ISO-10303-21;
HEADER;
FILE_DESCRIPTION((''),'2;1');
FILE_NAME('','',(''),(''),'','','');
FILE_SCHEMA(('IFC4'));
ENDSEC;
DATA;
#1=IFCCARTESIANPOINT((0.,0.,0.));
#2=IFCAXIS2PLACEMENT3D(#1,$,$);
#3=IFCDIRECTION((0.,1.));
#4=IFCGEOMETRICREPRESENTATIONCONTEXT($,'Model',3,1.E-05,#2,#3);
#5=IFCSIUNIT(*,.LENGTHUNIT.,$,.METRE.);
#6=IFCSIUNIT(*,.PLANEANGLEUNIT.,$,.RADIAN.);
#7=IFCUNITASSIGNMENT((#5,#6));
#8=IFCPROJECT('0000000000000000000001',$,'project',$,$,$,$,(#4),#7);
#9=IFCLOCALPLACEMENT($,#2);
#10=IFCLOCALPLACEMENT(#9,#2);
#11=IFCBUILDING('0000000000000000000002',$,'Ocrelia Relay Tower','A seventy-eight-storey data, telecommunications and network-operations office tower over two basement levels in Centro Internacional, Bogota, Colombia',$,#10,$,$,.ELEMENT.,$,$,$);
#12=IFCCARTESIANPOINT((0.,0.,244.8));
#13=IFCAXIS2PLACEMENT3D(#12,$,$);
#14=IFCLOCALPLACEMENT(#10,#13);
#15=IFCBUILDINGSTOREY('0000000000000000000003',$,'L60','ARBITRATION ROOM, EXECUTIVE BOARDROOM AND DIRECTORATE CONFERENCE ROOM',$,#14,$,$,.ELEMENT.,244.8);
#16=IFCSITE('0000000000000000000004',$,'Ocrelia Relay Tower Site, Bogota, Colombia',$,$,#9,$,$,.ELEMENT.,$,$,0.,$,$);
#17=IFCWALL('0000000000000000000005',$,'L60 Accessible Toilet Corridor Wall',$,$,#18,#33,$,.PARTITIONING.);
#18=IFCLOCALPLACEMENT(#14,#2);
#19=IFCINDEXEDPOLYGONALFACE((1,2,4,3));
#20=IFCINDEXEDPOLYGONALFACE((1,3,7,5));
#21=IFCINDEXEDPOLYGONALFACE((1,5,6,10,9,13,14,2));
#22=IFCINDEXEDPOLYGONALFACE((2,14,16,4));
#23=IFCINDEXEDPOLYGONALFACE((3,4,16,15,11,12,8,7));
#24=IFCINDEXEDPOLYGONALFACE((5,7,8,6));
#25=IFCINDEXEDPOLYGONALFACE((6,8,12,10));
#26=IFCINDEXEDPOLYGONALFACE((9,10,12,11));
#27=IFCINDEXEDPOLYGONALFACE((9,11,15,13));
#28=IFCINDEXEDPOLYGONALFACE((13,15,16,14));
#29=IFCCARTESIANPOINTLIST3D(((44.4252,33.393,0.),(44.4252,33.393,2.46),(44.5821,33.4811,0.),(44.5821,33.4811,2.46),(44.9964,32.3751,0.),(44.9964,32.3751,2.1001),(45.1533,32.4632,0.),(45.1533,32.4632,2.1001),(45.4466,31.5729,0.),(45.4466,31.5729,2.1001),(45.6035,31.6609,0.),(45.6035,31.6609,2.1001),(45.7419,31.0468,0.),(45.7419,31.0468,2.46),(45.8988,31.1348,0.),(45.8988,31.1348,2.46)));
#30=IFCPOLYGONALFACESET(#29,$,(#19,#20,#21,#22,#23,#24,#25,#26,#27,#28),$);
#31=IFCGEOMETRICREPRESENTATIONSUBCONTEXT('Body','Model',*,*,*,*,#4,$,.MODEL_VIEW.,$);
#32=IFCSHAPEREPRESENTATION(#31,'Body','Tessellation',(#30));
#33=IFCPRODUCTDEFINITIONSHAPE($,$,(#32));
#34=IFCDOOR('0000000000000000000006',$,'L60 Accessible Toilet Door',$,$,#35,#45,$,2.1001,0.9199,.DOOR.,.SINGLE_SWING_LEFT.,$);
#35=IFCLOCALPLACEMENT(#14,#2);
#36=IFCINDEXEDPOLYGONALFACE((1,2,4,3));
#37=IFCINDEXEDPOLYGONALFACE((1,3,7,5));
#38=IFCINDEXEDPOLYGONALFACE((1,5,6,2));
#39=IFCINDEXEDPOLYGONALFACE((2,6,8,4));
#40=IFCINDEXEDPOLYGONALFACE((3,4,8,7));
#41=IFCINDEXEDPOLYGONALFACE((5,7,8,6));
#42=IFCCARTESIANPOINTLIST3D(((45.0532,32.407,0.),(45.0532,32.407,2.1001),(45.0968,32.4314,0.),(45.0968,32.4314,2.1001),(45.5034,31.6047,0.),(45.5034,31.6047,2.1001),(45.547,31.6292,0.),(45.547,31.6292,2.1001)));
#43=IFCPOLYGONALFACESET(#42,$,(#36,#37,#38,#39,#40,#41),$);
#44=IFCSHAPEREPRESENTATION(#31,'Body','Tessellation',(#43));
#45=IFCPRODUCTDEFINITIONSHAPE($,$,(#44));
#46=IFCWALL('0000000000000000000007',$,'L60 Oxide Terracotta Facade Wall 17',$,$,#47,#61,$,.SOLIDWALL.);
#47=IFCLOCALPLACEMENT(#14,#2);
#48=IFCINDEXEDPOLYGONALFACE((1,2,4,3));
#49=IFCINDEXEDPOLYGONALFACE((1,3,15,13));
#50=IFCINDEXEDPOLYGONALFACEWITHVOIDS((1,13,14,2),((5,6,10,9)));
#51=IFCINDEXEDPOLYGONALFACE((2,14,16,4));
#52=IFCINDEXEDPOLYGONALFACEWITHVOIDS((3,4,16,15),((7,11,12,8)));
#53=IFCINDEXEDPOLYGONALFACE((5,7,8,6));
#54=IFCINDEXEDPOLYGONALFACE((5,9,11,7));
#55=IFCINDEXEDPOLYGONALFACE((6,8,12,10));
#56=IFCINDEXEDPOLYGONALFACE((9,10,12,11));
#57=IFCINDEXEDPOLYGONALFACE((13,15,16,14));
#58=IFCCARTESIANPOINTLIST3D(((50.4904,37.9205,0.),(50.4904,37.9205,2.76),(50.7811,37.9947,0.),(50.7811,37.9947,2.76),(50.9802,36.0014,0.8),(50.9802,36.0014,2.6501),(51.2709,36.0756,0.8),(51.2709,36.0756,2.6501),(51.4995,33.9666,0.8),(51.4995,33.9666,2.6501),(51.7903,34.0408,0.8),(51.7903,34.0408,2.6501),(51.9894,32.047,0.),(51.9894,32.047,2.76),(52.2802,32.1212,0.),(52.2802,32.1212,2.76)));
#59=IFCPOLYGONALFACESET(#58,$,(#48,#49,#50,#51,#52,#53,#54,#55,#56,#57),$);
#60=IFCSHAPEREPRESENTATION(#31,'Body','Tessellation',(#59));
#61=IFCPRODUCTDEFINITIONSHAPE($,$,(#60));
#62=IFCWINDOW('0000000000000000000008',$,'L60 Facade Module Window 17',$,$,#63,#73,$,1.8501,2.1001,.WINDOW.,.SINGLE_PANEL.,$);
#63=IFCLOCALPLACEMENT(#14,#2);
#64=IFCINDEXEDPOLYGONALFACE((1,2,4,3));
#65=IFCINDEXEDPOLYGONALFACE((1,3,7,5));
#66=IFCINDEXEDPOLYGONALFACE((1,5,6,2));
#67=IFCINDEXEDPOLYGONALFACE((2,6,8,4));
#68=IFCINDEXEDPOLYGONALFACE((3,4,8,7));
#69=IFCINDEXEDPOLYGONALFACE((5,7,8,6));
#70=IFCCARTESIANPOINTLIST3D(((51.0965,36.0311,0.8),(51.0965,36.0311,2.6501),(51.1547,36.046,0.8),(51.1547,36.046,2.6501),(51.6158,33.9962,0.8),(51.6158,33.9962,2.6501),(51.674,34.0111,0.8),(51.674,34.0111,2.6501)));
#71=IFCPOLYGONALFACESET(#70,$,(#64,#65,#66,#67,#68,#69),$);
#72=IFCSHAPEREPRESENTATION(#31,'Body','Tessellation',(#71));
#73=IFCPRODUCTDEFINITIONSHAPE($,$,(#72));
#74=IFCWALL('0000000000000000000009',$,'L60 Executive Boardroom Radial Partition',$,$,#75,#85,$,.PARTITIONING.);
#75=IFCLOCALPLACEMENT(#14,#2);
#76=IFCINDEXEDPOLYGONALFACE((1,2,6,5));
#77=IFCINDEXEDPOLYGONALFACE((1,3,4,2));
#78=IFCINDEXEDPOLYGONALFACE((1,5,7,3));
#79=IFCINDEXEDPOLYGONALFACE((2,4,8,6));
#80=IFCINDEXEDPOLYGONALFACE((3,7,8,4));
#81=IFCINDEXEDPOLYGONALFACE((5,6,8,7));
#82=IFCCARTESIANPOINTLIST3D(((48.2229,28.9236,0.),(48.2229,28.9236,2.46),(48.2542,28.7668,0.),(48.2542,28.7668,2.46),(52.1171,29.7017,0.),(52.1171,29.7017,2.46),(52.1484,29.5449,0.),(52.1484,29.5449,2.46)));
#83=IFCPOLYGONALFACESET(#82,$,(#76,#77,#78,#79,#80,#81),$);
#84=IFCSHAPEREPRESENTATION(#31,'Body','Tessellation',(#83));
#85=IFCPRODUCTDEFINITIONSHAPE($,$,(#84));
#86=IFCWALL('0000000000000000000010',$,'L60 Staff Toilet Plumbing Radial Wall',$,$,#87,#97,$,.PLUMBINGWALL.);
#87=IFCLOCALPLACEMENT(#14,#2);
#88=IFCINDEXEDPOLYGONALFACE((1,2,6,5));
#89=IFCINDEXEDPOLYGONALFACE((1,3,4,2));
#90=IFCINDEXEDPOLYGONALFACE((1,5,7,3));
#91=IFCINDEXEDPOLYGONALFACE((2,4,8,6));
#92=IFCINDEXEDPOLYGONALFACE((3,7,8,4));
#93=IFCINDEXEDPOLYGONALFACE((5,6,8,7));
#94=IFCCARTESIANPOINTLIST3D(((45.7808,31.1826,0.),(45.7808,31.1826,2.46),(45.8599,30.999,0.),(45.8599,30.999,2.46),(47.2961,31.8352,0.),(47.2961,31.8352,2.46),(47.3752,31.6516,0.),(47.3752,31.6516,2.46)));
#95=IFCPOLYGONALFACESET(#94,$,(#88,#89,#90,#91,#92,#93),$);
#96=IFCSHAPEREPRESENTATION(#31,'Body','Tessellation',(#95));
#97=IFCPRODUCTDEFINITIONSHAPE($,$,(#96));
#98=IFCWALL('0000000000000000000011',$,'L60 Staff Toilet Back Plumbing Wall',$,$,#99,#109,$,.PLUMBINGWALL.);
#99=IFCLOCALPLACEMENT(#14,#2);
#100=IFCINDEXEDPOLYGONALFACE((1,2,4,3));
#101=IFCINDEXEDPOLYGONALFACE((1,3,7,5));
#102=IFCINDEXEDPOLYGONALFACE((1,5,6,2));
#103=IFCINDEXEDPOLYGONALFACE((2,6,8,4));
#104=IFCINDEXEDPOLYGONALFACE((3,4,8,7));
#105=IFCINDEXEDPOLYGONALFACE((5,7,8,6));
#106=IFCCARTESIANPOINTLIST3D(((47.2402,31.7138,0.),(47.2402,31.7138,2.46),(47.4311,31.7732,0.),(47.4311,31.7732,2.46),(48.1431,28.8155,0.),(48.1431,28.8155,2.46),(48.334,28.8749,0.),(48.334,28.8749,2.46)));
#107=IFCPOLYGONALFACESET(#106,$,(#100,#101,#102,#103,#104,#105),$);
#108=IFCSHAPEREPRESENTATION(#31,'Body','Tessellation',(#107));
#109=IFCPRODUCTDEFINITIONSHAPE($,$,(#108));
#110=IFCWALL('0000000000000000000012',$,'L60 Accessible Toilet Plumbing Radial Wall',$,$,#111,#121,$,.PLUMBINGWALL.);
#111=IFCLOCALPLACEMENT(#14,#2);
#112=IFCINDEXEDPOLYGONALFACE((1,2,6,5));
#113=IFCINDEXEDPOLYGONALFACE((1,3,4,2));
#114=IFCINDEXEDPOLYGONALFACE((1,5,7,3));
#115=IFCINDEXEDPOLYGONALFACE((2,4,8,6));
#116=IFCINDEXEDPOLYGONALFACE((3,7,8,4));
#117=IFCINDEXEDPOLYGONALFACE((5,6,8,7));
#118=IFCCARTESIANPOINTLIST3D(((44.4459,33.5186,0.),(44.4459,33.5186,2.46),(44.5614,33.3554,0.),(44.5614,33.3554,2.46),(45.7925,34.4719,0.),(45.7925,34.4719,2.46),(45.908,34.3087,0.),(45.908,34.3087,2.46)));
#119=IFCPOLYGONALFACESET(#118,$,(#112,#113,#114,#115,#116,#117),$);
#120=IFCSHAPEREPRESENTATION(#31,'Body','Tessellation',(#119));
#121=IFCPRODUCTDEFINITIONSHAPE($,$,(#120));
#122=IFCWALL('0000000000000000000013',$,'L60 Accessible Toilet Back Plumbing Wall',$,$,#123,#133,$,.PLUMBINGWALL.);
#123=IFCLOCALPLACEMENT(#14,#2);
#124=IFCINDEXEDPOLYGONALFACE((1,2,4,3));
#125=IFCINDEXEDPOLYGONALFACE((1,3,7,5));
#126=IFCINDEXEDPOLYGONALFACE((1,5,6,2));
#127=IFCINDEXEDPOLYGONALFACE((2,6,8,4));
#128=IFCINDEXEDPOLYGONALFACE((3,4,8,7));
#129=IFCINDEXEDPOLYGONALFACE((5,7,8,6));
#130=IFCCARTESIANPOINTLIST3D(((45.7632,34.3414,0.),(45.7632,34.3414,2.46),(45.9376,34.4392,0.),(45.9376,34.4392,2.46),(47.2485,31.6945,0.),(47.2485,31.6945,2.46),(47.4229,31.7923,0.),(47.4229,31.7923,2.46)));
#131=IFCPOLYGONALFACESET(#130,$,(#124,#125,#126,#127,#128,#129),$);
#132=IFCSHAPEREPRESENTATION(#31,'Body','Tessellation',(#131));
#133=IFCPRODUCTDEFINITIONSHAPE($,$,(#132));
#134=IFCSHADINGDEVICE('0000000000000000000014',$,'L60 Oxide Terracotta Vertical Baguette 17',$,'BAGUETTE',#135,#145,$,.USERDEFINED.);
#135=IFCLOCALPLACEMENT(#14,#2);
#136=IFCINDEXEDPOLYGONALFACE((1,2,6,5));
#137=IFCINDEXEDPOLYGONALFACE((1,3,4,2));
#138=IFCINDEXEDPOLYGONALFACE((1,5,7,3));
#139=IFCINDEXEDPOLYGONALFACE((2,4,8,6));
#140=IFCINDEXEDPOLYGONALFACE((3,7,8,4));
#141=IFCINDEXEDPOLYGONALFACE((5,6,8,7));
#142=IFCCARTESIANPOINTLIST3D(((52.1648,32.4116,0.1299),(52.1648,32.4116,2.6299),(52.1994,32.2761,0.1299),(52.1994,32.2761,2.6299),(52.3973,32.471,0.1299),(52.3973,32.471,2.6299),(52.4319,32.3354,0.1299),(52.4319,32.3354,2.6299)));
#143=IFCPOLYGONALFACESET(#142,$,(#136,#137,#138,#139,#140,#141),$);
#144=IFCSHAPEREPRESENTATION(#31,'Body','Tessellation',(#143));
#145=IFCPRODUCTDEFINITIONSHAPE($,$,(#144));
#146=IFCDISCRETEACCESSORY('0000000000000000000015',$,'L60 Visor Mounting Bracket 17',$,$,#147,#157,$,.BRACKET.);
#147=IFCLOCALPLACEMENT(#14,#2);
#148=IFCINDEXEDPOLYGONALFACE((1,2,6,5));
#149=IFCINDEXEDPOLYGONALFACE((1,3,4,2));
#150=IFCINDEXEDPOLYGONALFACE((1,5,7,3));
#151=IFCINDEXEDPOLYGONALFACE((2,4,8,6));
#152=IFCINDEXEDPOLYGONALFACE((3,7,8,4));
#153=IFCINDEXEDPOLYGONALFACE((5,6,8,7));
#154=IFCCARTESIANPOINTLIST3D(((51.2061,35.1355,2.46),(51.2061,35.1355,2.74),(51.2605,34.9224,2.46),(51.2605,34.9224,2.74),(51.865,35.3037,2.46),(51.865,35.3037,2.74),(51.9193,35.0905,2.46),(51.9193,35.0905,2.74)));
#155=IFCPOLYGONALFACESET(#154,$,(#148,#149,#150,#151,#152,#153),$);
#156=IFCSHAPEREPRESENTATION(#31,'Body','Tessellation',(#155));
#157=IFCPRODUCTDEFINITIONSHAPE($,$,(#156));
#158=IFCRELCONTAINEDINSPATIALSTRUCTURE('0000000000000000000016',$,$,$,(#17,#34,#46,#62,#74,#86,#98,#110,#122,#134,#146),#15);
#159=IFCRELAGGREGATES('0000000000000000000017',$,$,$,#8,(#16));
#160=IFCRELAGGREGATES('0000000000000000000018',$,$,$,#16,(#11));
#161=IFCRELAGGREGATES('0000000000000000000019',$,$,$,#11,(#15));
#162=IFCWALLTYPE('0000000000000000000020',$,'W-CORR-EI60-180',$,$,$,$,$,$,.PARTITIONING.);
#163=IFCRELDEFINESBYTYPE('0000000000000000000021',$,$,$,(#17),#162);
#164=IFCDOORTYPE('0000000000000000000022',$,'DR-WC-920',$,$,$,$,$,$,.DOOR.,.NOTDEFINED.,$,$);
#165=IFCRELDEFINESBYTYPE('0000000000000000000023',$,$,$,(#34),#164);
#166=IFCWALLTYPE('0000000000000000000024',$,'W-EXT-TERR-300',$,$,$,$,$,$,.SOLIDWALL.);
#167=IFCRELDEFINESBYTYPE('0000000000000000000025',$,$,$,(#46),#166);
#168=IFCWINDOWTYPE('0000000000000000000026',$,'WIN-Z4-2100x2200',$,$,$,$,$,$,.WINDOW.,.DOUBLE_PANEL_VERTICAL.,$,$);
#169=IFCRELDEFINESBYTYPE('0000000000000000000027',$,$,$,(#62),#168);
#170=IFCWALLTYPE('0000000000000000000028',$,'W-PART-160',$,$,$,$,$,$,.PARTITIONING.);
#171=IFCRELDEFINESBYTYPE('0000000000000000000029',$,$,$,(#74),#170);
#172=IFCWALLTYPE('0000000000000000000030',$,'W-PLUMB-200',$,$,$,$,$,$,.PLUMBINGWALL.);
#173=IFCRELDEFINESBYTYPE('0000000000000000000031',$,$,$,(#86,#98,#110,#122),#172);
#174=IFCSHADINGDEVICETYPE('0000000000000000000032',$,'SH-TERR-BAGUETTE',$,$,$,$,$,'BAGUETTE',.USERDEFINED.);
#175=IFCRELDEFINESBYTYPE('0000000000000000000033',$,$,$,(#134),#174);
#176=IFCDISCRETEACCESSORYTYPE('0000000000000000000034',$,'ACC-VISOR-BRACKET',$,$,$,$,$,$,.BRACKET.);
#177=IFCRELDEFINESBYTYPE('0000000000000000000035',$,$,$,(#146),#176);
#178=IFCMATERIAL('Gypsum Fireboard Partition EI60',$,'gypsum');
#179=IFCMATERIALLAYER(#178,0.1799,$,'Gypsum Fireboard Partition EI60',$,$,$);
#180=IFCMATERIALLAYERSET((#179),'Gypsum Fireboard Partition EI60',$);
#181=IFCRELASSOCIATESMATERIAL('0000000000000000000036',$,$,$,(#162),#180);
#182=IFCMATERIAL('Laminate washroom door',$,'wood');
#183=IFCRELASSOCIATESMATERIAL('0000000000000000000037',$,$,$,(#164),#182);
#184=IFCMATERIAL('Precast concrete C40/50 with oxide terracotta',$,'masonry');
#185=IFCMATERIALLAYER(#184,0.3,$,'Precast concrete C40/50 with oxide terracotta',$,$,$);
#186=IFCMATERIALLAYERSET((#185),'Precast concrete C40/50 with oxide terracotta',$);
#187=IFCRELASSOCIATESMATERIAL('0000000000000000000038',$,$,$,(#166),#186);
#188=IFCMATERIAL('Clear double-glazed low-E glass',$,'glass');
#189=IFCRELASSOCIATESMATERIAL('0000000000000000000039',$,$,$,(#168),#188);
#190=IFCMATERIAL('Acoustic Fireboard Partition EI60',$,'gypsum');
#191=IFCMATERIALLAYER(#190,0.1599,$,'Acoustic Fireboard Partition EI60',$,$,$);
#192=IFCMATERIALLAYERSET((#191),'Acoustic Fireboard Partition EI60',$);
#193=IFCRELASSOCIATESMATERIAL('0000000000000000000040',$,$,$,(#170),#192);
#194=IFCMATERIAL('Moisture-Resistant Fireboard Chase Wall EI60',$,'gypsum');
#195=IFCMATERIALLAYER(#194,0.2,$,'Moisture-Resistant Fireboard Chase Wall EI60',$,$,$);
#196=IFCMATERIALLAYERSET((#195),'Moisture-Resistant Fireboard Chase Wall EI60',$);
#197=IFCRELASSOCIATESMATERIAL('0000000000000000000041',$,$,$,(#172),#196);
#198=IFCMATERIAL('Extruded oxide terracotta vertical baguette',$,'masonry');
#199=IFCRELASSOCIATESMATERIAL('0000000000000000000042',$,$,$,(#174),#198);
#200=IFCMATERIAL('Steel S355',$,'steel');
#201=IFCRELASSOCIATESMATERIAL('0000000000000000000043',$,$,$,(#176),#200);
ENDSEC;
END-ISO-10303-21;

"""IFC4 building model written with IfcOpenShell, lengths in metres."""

from ifc_helpers import new_model, si_unit, direction, frame, frame_2d, origin, origin_2d, place, context, subcontext, project, spatial, rectangle, extrude, material, layer, layer_set, type_object, element, fill, save


model = new_model("IFC4")

# Units and contexts
model_context = context("Model", 3, precision=1e-05, world=origin(), true_north=direction((0.0, 1.0)))
body_context = subcontext(model_context, "Body", "Model", "MODEL_VIEW")
ifc_project = project(units=[si_unit("LENGTHUNIT", "METRE"), si_unit("PLANEANGLEUNIT", "RADIAN")], contexts=[model_context])

# Site, building, storey
site_placement = place(None, origin())
site = spatial("IfcSite", under=ifc_project, at=site_placement, Name="Ocrelia Relay Tower Site, Bogota, Colombia", CompositionType="ELEMENT", RefElevation=0.0)
building_placement = place(site_placement, origin())
building = spatial("IfcBuilding", under=site, at=building_placement, Name="Ocrelia Relay Tower", Description="A seventy-eight-storey data, telecommunications and network-operations office tower over two basement levels in Centro Internacional, Bogota, Colombia", CompositionType="ELEMENT")
storey_placement = place(building_placement, frame((0.0, 0.0, 244.8)))
storey = spatial("IfcBuildingStorey", under=building, at=storey_placement, Name="L60", Description="ARBITRATION ROOM, EXECUTIVE BOARDROOM AND DIRECTORATE CONFERENCE ROOM", CompositionType="ELEMENT", Elevation=244.8)

# Shared definitions
ifc_material_1 = material(Name="Steel S355", Category="steel")

# Wall, opening, door
ifc_material_2 = material(Name="Gypsum Fireboard Partition EI60", Category="gypsum")
ifc_layer_1 = layer(ifc_material_2, 0.1799, Name="Gypsum Fireboard Partition EI60")
ifc_layer_set_1 = layer_set([ifc_layer_1], Name="Gypsum Fireboard Partition EI60")
wall_type_1 = type_object("IfcWallType", Name="W-CORR-EI60-180", PredefinedType="PARTITIONING", material=ifc_layer_set_1)
wall_1_placement = place(storey_placement, frame((45.8203, 31.0908, 0.0), z_axis=(0.0, 0.0, 1.0), x_axis=(-0.489391, 0.872065, 0.0)))
wall_1 = element("IfcWall", 1, at=wall_1_placement, inside=storey, type_object=wall_type_1, Name="L60 Accessible Toilet Corridor Wall", PredefinedType="PARTITIONING", context=body_context, shape_type="SweptSolid", body=[
    extrude(rectangle(XDim=2.6904, YDim=0.1799, at=frame_2d((1.3452, 0.0))), origin(), (0.0, 0.0, 1.0), 2.46),
])
opening_1_placement = place(wall_1_placement, frame((0.6033, 0.0, 0.0)))
opening_1 = element("IfcOpeningElement", 2, at=opening_1_placement, cuts=wall_1, PredefinedType="OPENING", context=body_context, shape_type="SweptSolid", body=[
    extrude(rectangle(XDim=0.9199, YDim=2.1001, at=frame_2d((0.46, 1.05))), frame((0.0, 0.1001, 0.0), z_axis=(0.0, -1.0, 0.0), x_axis=(1.0, 0.0, 0.0)), (0.0, 0.0, 1.0), 0.2),
])
ifc_material_3 = material(Name="Laminate washroom door", Category="wood")
door_type_1 = type_object("IfcDoorType", Name="DR-WC-920", OperationType="NOTDEFINED", PredefinedType="DOOR", material=ifc_material_3)
door_1_placement = place(opening_1_placement, origin())
door_1 = element("IfcDoor", 3, at=door_1_placement, inside=storey, type_object=door_type_1, Name="L60 Accessible Toilet Door", OperationType="SINGLE_SWING_LEFT", OverallHeight=2.1001, OverallWidth=0.9199, PredefinedType="DOOR", context=body_context, shape_type="SweptSolid", body=[
    extrude(rectangle(XDim=0.9199, YDim=2.1001, at=frame_2d((0.46, 1.05))), frame((0.0, 0.0249, 0.0), z_axis=(0.0, -1.0, 0.0), x_axis=(1.0, 0.0, 0.0)), (0.0, 0.0, 1.0), 0.05),
])
fill(opening_1, door_1)

# Wall, opening, window
ifc_material_4 = material(Name="Precast concrete C40/50 with oxide terracotta", Category="masonry")
ifc_layer_2 = layer(ifc_material_4, 0.3, Name="Precast concrete C40/50 with oxide terracotta")
ifc_layer_set_2 = layer_set([ifc_layer_2], Name="Precast concrete C40/50 with oxide terracotta")
wall_type_2 = type_object("IfcWallType", Name="W-EXT-TERR-300", PredefinedType="SOLIDWALL", material=ifc_layer_set_2)
wall_2_placement = place(storey_placement, frame((52.1348, 32.0842, 0.0), z_axis=(0.0, 0.0, 1.0), x_axis=(-0.24729, 0.968942, 0.0)))
wall_2 = element("IfcWall", 4, at=wall_2_placement, inside=storey, type_object=wall_type_2, Name="L60 Oxide Terracotta Facade Wall 17", PredefinedType="SOLIDWALL", context=body_context, shape_type="SweptSolid", body=[
    extrude(rectangle(XDim=6.0618, YDim=0.3, at=frame_2d((3.0308, 0.0))), origin(), (0.0, 0.0, 1.0), 2.76),
])
opening_2_placement = place(wall_2_placement, frame((1.981, 0.0, 0.8)))
opening_2 = element("IfcOpeningElement", 5, at=opening_2_placement, cuts=wall_2, PredefinedType="OPENING", context=body_context, shape_type="SweptSolid", body=[
    extrude(rectangle(XDim=2.1001, YDim=1.8501, at=frame_2d((1.05, 0.925))), frame((0.0, 0.1602, 0.0), z_axis=(0.0, -1.0, 0.0), x_axis=(1.0, 0.0, 0.0)), (0.0, 0.0, 1.0), 0.3201),
])
ifc_material_5 = material(Name="Clear double-glazed low-E glass", Category="glass")
window_type = type_object("IfcWindowType", Name="WIN-Z4-2100x2200", PartitioningType="DOUBLE_PANEL_VERTICAL", PredefinedType="WINDOW", material=ifc_material_5)
window_placement = place(opening_2_placement, origin())
window = element("IfcWindow", 6, at=window_placement, inside=storey, type_object=window_type, Name="L60 Facade Module Window 17", OverallHeight=1.8501, OverallWidth=2.1001, PartitioningType="SINGLE_PANEL", PredefinedType="WINDOW", context=body_context, shape_type="SweptSolid", body=[
    extrude(rectangle(XDim=2.1001, YDim=1.8501, at=frame_2d((1.05, 0.925))), frame((0.0, 0.03, 0.0), z_axis=(0.0, -1.0, 0.0), x_axis=(1.0, 0.0, 0.0)), (0.0, 0.0, 1.0), 0.0601),
])
fill(opening_2, window)

# Walls
ifc_material_6 = material(Name="Acoustic Fireboard Partition EI60", Category="gypsum")
ifc_layer_3 = layer(ifc_material_6, 0.1599, Name="Acoustic Fireboard Partition EI60")
ifc_layer_set_3 = layer_set([ifc_layer_3], Name="Acoustic Fireboard Partition EI60")
wall_type_3 = type_object("IfcWallType", Name="W-PART-160", PredefinedType="PARTITIONING", material=ifc_layer_set_3)
wall_3_placement = place(storey_placement, frame((48.2385, 28.8452, 0.0), z_axis=(0.0, 0.0, 1.0), x_axis=(0.980618, 0.195927, 0.0)))
element("IfcWall", 7, at=wall_3_placement, inside=storey, type_object=wall_type_3, Name="L60 Executive Boardroom Radial Partition", PredefinedType="PARTITIONING", context=body_context, shape_type="SweptSolid", body=[
    extrude(rectangle(XDim=3.9712, YDim=0.1599, at=frame_2d((1.9856, 0.0))), origin(), (0.0, 0.0, 1.0), 2.46),
])
ifc_material_7 = material(Name="Moisture-Resistant Fireboard Chase Wall EI60", Category="gypsum")
ifc_layer_4 = layer(ifc_material_7, 0.2, Name="Moisture-Resistant Fireboard Chase Wall EI60")
ifc_layer_set_4 = layer_set([ifc_layer_4], Name="Moisture-Resistant Fireboard Chase Wall EI60")
wall_type_4 = type_object("IfcWallType", Name="W-PLUMB-200", PredefinedType="PLUMBINGWALL", material=ifc_layer_set_4)
wall_4_placement = place(storey_placement, frame((45.8203, 31.0908, 0.0), z_axis=(0.0, 0.0, 1.0), x_axis=(0.918455, 0.395526, 0.0)))
element("IfcWall", 8, at=wall_4_placement, inside=storey, type_object=wall_type_4, Name="L60 Staff Toilet Plumbing Radial Wall", PredefinedType="PLUMBINGWALL", context=body_context, shape_type="SweptSolid", body=[
    extrude(rectangle(XDim=1.6499, YDim=0.2, at=frame_2d((0.825, 0.0))), origin(), (0.0, 0.0, 1.0), 2.46),
])
wall_5_placement = place(storey_placement, frame((48.2385, 28.8452, 0.0), z_axis=(0.0, 0.0, 1.0), x_axis=(-0.297419, 0.954747, 0.0)))
element("IfcWall", 9, at=wall_5_placement, inside=storey, type_object=wall_type_4, Name="L60 Staff Toilet Back Plumbing Wall", PredefinedType="PLUMBINGWALL", context=body_context, shape_type="SweptSolid", body=[
    extrude(rectangle(XDim=3.0356, YDim=0.2, at=frame_2d((1.5178, 0.0))), origin(), (0.0, 0.0, 1.0), 2.46),
])
wall_6_placement = place(storey_placement, frame((44.5037, 33.437, 0.0), z_axis=(0.0, 0.0, 1.0), x_axis=(0.816176, 0.577804, 0.0)))
element("IfcWall", 10, at=wall_6_placement, inside=storey, type_object=wall_type_4, Name="L60 Accessible Toilet Plumbing Radial Wall", PredefinedType="PLUMBINGWALL", context=body_context, shape_type="SweptSolid", body=[
    extrude(rectangle(XDim=1.6499, YDim=0.2, at=frame_2d((0.825, 0.0))), origin(), (0.0, 0.0, 1.0), 2.46),
])
wall_7_placement = place(storey_placement, frame((47.3357, 31.7434, 0.0), z_axis=(0.0, 0.0, 1.0), x_axis=(-0.489367, 0.872078, 0.0)))
element("IfcWall", 11, at=wall_7_placement, inside=storey, type_object=wall_type_4, Name="L60 Accessible Toilet Back Plumbing Wall", PredefinedType="PLUMBINGWALL", context=body_context, shape_type="SweptSolid", body=[
    extrude(rectangle(XDim=3.0352, YDim=0.2, at=frame_2d((1.5176, 0.0))), origin(), (0.0, 0.0, 1.0), 2.46),
])

# Shading device
ifc_material_8 = material(Name="Extruded oxide terracotta vertical baguette", Category="masonry")
shading_device_type = type_object("IfcShadingDeviceType", Name="SH-TERR-BAGUETTE", ElementType="BAGUETTE", PredefinedType="USERDEFINED", material=ifc_material_8)
shading_device_placement = place(storey_placement, frame((52.2983, 32.3735, 0.1299), z_axis=(0.0, 0.0, 1.0), x_axis=(-0.247303, 0.968938, 0.0)))
element("IfcShadingDevice", 12, at=shading_device_placement, inside=storey, type_object=shading_device_type, Name="L60 Oxide Terracotta Vertical Baguette 17", ObjectType="BAGUETTE", PredefinedType="USERDEFINED", context=body_context, shape_type="SweptSolid", body=[
    extrude(rectangle(XDim=0.1399, YDim=0.24, at=origin_2d()), origin(), (0.0, 0.0, 1.0), 2.5),
])

# Discrete accessory
discrete_accessory_type = type_object("IfcDiscreteAccessoryType", Name="ACC-VISOR-BRACKET", PredefinedType="BRACKET", material=ifc_material_1)
discrete_accessory_placement = place(storey_placement, frame((51.5627, 35.113, 2.46), z_axis=(0.0, 0.0, 1.0), x_axis=(-0.247303, 0.968938, 0.0)))
element("IfcDiscreteAccessory", 13, at=discrete_accessory_placement, inside=storey, type_object=discrete_accessory_type, Name="L60 Visor Mounting Bracket 17", PredefinedType="BRACKET", context=body_context, shape_type="SweptSolid", body=[
    extrude(rectangle(XDim=0.22, YDim=0.6799, at=origin_2d()), origin(), (0.0, 0.0, 1.0), 0.28),
])

save(model, "model.ifc")
